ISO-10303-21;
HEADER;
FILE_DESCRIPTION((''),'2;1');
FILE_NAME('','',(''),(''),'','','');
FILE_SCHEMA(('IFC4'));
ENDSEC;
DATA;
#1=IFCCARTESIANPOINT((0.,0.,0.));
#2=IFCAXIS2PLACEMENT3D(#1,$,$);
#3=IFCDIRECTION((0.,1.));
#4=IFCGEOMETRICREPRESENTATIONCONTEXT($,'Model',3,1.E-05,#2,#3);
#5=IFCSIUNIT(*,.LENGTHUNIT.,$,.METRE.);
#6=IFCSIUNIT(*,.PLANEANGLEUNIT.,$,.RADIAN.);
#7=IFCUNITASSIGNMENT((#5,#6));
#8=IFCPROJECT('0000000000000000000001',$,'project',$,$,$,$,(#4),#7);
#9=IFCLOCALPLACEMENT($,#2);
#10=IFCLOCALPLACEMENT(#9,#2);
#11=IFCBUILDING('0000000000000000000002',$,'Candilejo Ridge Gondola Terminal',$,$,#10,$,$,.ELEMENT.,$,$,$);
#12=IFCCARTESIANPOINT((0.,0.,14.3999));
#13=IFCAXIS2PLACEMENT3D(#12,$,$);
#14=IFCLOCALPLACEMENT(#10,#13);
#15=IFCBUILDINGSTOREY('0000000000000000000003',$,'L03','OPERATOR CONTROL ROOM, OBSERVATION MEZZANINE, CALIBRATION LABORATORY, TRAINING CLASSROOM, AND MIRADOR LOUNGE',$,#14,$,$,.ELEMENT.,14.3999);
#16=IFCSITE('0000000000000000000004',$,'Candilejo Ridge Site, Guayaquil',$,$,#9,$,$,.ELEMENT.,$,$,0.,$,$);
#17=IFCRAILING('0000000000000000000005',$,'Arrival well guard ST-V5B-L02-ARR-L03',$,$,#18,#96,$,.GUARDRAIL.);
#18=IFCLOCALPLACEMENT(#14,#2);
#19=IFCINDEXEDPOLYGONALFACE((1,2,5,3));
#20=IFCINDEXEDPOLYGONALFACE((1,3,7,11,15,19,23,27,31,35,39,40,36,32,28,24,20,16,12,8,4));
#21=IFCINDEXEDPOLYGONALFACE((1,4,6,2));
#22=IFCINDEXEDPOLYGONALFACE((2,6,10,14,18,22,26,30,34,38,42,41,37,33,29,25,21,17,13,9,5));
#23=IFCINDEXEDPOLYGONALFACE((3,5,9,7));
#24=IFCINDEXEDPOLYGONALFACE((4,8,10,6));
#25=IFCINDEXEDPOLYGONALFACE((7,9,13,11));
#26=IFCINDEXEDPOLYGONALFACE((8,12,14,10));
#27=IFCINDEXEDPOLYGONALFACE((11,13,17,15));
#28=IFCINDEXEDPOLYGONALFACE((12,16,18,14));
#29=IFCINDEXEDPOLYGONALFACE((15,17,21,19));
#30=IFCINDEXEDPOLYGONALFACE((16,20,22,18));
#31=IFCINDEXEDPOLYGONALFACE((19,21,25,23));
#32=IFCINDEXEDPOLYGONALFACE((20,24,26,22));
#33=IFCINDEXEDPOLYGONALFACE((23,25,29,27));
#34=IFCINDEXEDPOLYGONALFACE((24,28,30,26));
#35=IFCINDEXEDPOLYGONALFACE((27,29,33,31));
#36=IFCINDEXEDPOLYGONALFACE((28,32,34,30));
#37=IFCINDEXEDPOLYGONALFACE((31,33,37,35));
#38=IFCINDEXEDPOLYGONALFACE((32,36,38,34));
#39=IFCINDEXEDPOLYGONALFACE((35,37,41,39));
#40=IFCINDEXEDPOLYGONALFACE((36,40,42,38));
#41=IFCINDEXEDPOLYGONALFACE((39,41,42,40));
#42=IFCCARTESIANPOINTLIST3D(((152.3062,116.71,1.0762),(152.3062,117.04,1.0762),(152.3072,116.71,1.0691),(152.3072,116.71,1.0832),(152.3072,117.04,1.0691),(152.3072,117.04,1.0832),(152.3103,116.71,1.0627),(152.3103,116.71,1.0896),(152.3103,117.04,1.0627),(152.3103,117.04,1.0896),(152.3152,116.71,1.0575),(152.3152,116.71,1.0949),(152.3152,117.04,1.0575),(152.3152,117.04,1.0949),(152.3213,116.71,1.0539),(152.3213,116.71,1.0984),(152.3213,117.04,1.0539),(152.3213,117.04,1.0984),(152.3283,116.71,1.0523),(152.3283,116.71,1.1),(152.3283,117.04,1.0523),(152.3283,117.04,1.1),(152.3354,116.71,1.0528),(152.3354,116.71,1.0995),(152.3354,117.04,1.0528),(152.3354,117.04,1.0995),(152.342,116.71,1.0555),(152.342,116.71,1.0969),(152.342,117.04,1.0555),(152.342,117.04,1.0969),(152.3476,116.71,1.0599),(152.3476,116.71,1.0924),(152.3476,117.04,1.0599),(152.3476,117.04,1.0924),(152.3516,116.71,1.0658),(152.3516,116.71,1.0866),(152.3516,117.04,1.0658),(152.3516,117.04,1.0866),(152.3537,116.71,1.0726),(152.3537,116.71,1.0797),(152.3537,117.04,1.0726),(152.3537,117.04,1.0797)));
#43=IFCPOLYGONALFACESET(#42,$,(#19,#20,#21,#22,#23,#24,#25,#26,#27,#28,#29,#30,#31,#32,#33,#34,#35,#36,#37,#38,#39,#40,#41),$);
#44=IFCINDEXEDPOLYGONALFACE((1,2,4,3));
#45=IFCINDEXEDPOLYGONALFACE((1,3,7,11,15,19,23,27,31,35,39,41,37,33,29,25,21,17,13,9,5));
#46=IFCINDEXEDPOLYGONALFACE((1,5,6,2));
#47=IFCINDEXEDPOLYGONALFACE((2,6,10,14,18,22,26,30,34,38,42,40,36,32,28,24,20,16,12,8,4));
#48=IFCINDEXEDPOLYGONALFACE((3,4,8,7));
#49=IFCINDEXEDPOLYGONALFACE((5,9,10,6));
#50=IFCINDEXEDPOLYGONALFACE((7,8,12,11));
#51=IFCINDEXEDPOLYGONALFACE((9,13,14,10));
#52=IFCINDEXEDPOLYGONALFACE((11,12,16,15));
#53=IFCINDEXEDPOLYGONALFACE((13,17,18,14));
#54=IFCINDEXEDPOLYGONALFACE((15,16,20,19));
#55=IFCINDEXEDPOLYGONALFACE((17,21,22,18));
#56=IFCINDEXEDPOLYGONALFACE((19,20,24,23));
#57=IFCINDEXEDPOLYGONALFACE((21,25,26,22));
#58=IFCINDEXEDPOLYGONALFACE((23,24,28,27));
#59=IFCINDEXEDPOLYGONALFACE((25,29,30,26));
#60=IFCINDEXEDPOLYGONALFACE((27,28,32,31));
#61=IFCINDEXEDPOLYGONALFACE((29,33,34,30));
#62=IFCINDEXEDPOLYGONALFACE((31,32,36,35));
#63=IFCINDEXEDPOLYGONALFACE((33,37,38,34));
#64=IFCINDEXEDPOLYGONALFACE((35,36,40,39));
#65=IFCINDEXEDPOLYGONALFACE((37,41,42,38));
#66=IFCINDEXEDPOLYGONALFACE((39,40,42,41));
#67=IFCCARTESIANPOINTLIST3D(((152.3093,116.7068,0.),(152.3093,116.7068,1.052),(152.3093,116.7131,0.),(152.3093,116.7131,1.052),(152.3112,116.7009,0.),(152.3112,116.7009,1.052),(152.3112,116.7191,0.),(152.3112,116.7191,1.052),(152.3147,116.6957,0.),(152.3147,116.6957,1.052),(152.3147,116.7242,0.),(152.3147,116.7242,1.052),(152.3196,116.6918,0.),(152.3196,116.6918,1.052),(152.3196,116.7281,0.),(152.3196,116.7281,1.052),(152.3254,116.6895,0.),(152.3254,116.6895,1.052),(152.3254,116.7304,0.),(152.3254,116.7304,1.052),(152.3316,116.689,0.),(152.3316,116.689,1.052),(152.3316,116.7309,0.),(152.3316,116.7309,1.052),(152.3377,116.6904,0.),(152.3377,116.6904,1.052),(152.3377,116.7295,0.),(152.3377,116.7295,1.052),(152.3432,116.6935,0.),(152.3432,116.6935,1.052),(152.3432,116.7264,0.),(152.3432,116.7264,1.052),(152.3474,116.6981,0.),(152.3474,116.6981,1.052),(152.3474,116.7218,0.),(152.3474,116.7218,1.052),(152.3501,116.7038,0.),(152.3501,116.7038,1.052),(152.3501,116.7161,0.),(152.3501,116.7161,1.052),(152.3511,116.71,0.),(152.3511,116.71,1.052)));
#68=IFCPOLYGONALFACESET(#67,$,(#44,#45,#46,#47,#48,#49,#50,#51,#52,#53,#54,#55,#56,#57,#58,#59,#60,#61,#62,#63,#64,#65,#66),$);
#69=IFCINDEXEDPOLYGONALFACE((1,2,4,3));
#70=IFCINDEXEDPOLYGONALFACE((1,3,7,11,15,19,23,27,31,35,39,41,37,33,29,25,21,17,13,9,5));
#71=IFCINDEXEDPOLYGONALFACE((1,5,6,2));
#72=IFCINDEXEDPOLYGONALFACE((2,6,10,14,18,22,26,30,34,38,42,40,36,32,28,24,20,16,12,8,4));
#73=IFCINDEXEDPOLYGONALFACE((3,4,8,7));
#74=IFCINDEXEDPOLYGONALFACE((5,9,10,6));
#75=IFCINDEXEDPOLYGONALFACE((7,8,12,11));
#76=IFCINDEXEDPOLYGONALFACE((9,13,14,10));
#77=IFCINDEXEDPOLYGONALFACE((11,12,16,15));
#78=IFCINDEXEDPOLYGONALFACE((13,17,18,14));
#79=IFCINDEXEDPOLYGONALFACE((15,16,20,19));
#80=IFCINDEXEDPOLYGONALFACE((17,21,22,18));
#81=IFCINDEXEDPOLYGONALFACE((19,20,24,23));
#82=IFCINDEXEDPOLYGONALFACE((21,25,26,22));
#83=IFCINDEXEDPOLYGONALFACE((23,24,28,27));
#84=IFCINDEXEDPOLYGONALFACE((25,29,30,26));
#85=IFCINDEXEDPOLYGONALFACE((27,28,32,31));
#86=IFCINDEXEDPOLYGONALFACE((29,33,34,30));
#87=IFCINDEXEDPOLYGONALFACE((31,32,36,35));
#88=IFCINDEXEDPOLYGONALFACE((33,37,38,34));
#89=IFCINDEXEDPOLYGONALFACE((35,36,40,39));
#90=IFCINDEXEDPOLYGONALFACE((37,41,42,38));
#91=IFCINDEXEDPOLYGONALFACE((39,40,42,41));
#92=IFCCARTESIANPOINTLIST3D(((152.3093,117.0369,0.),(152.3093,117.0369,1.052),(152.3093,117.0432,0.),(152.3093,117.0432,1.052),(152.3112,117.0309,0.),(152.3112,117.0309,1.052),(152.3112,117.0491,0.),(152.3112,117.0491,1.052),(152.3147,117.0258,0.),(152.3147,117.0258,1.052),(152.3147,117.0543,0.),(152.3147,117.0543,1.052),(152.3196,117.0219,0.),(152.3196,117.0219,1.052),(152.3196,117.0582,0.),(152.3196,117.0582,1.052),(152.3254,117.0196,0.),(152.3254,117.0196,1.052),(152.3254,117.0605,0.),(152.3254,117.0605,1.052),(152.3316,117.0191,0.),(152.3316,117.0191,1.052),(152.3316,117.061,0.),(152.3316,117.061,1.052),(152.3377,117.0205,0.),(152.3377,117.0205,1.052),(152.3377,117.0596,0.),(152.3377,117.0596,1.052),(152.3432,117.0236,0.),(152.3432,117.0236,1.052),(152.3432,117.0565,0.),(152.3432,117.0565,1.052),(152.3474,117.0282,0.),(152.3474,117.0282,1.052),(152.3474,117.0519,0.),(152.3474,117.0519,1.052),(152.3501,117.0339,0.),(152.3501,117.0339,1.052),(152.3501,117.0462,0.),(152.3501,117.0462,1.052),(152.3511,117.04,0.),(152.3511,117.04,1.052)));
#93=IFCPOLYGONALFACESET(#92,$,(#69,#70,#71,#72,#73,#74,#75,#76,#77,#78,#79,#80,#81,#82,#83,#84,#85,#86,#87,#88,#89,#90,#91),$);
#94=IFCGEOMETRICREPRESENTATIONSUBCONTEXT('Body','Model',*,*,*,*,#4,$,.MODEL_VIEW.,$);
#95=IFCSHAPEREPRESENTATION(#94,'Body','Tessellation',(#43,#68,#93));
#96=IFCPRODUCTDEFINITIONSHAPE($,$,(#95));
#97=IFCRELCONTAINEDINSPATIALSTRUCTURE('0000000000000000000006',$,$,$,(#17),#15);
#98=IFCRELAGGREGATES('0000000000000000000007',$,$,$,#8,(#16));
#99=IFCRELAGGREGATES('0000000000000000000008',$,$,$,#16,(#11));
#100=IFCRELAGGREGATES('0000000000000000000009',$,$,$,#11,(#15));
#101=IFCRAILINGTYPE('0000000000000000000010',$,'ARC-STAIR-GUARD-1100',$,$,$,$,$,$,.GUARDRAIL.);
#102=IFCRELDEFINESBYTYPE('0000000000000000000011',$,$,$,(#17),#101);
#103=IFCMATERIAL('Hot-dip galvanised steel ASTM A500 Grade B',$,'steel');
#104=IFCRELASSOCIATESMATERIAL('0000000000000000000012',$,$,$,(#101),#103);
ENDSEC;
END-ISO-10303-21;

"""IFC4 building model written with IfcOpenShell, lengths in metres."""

from ifc_helpers import new_model, si_unit, direction, frame, origin, origin_2d, place, context, subcontext, project, spatial, circle, extrude, material, type_object, element, save


model = new_model("IFC4")

# Units and contexts
model_context = context("Model", 3, precision=1e-05, world=origin(), true_north=direction((0.0, 1.0)))
body_context = subcontext(model_context, "Body", "Model", "MODEL_VIEW")
ifc_project = project(units=[si_unit("LENGTHUNIT", "METRE"), si_unit("PLANEANGLEUNIT", "RADIAN")], contexts=[model_context])

# Site, building, storey
site_placement = place(None, origin())
site = spatial("IfcSite", under=ifc_project, at=site_placement, Name="Candilejo Ridge Site, Guayaquil", CompositionType="ELEMENT", RefElevation=0.0)
building_placement = place(site_placement, origin())
building = spatial("IfcBuilding", under=site, at=building_placement, Name="Candilejo Ridge Gondola Terminal", CompositionType="ELEMENT")
storey_placement = place(building_placement, frame((0.0, 0.0, 14.3999)))
storey = spatial("IfcBuildingStorey", under=building, at=storey_placement, Name="L03", Description="OPERATOR CONTROL ROOM, OBSERVATION MEZZANINE, CALIBRATION LABORATORY, TRAINING CLASSROOM, AND MIRADOR LOUNGE", CompositionType="ELEMENT", Elevation=14.3999)

# Railing
ifc_material_1 = material(Name="Hot-dip galvanised steel ASTM A500 Grade B", Category="steel")
railing_type_1 = type_object("IfcRailingType", Name="ARC-STAIR-GUARD-1100", PredefinedType="GUARDRAIL", material=ifc_material_1)
railing_1_placement = place(storey_placement, frame((152.3301, 116.71, 0.0)))
element("IfcRailing", 1, at=railing_1_placement, inside=storey, type_object=railing_type_1, Name="Arrival well guard ST-V5B-L02-ARR-L03", PredefinedType="GUARDRAIL", context=body_context, shape_type="SweptSolid", body=[
    extrude(circle(Radius=0.0239, at=origin_2d()), frame((0.0, 0.0, 1.0762), z_axis=(0.0, 1.0, 0.0), x_axis=(-1.0, 0.0, 0.0)), (0.0, 0.0, 1.0), 0.3301),
    extrude(circle(Radius=0.021, at=origin_2d()), origin(), (0.0, 0.0, 1.0), 1.052),
    extrude(circle(Radius=0.021, at=origin_2d()), frame((0.0, 0.3301, 0.0)), (0.0, 0.0, 1.0), 1.052),
])

save(model, "model.ifc")
